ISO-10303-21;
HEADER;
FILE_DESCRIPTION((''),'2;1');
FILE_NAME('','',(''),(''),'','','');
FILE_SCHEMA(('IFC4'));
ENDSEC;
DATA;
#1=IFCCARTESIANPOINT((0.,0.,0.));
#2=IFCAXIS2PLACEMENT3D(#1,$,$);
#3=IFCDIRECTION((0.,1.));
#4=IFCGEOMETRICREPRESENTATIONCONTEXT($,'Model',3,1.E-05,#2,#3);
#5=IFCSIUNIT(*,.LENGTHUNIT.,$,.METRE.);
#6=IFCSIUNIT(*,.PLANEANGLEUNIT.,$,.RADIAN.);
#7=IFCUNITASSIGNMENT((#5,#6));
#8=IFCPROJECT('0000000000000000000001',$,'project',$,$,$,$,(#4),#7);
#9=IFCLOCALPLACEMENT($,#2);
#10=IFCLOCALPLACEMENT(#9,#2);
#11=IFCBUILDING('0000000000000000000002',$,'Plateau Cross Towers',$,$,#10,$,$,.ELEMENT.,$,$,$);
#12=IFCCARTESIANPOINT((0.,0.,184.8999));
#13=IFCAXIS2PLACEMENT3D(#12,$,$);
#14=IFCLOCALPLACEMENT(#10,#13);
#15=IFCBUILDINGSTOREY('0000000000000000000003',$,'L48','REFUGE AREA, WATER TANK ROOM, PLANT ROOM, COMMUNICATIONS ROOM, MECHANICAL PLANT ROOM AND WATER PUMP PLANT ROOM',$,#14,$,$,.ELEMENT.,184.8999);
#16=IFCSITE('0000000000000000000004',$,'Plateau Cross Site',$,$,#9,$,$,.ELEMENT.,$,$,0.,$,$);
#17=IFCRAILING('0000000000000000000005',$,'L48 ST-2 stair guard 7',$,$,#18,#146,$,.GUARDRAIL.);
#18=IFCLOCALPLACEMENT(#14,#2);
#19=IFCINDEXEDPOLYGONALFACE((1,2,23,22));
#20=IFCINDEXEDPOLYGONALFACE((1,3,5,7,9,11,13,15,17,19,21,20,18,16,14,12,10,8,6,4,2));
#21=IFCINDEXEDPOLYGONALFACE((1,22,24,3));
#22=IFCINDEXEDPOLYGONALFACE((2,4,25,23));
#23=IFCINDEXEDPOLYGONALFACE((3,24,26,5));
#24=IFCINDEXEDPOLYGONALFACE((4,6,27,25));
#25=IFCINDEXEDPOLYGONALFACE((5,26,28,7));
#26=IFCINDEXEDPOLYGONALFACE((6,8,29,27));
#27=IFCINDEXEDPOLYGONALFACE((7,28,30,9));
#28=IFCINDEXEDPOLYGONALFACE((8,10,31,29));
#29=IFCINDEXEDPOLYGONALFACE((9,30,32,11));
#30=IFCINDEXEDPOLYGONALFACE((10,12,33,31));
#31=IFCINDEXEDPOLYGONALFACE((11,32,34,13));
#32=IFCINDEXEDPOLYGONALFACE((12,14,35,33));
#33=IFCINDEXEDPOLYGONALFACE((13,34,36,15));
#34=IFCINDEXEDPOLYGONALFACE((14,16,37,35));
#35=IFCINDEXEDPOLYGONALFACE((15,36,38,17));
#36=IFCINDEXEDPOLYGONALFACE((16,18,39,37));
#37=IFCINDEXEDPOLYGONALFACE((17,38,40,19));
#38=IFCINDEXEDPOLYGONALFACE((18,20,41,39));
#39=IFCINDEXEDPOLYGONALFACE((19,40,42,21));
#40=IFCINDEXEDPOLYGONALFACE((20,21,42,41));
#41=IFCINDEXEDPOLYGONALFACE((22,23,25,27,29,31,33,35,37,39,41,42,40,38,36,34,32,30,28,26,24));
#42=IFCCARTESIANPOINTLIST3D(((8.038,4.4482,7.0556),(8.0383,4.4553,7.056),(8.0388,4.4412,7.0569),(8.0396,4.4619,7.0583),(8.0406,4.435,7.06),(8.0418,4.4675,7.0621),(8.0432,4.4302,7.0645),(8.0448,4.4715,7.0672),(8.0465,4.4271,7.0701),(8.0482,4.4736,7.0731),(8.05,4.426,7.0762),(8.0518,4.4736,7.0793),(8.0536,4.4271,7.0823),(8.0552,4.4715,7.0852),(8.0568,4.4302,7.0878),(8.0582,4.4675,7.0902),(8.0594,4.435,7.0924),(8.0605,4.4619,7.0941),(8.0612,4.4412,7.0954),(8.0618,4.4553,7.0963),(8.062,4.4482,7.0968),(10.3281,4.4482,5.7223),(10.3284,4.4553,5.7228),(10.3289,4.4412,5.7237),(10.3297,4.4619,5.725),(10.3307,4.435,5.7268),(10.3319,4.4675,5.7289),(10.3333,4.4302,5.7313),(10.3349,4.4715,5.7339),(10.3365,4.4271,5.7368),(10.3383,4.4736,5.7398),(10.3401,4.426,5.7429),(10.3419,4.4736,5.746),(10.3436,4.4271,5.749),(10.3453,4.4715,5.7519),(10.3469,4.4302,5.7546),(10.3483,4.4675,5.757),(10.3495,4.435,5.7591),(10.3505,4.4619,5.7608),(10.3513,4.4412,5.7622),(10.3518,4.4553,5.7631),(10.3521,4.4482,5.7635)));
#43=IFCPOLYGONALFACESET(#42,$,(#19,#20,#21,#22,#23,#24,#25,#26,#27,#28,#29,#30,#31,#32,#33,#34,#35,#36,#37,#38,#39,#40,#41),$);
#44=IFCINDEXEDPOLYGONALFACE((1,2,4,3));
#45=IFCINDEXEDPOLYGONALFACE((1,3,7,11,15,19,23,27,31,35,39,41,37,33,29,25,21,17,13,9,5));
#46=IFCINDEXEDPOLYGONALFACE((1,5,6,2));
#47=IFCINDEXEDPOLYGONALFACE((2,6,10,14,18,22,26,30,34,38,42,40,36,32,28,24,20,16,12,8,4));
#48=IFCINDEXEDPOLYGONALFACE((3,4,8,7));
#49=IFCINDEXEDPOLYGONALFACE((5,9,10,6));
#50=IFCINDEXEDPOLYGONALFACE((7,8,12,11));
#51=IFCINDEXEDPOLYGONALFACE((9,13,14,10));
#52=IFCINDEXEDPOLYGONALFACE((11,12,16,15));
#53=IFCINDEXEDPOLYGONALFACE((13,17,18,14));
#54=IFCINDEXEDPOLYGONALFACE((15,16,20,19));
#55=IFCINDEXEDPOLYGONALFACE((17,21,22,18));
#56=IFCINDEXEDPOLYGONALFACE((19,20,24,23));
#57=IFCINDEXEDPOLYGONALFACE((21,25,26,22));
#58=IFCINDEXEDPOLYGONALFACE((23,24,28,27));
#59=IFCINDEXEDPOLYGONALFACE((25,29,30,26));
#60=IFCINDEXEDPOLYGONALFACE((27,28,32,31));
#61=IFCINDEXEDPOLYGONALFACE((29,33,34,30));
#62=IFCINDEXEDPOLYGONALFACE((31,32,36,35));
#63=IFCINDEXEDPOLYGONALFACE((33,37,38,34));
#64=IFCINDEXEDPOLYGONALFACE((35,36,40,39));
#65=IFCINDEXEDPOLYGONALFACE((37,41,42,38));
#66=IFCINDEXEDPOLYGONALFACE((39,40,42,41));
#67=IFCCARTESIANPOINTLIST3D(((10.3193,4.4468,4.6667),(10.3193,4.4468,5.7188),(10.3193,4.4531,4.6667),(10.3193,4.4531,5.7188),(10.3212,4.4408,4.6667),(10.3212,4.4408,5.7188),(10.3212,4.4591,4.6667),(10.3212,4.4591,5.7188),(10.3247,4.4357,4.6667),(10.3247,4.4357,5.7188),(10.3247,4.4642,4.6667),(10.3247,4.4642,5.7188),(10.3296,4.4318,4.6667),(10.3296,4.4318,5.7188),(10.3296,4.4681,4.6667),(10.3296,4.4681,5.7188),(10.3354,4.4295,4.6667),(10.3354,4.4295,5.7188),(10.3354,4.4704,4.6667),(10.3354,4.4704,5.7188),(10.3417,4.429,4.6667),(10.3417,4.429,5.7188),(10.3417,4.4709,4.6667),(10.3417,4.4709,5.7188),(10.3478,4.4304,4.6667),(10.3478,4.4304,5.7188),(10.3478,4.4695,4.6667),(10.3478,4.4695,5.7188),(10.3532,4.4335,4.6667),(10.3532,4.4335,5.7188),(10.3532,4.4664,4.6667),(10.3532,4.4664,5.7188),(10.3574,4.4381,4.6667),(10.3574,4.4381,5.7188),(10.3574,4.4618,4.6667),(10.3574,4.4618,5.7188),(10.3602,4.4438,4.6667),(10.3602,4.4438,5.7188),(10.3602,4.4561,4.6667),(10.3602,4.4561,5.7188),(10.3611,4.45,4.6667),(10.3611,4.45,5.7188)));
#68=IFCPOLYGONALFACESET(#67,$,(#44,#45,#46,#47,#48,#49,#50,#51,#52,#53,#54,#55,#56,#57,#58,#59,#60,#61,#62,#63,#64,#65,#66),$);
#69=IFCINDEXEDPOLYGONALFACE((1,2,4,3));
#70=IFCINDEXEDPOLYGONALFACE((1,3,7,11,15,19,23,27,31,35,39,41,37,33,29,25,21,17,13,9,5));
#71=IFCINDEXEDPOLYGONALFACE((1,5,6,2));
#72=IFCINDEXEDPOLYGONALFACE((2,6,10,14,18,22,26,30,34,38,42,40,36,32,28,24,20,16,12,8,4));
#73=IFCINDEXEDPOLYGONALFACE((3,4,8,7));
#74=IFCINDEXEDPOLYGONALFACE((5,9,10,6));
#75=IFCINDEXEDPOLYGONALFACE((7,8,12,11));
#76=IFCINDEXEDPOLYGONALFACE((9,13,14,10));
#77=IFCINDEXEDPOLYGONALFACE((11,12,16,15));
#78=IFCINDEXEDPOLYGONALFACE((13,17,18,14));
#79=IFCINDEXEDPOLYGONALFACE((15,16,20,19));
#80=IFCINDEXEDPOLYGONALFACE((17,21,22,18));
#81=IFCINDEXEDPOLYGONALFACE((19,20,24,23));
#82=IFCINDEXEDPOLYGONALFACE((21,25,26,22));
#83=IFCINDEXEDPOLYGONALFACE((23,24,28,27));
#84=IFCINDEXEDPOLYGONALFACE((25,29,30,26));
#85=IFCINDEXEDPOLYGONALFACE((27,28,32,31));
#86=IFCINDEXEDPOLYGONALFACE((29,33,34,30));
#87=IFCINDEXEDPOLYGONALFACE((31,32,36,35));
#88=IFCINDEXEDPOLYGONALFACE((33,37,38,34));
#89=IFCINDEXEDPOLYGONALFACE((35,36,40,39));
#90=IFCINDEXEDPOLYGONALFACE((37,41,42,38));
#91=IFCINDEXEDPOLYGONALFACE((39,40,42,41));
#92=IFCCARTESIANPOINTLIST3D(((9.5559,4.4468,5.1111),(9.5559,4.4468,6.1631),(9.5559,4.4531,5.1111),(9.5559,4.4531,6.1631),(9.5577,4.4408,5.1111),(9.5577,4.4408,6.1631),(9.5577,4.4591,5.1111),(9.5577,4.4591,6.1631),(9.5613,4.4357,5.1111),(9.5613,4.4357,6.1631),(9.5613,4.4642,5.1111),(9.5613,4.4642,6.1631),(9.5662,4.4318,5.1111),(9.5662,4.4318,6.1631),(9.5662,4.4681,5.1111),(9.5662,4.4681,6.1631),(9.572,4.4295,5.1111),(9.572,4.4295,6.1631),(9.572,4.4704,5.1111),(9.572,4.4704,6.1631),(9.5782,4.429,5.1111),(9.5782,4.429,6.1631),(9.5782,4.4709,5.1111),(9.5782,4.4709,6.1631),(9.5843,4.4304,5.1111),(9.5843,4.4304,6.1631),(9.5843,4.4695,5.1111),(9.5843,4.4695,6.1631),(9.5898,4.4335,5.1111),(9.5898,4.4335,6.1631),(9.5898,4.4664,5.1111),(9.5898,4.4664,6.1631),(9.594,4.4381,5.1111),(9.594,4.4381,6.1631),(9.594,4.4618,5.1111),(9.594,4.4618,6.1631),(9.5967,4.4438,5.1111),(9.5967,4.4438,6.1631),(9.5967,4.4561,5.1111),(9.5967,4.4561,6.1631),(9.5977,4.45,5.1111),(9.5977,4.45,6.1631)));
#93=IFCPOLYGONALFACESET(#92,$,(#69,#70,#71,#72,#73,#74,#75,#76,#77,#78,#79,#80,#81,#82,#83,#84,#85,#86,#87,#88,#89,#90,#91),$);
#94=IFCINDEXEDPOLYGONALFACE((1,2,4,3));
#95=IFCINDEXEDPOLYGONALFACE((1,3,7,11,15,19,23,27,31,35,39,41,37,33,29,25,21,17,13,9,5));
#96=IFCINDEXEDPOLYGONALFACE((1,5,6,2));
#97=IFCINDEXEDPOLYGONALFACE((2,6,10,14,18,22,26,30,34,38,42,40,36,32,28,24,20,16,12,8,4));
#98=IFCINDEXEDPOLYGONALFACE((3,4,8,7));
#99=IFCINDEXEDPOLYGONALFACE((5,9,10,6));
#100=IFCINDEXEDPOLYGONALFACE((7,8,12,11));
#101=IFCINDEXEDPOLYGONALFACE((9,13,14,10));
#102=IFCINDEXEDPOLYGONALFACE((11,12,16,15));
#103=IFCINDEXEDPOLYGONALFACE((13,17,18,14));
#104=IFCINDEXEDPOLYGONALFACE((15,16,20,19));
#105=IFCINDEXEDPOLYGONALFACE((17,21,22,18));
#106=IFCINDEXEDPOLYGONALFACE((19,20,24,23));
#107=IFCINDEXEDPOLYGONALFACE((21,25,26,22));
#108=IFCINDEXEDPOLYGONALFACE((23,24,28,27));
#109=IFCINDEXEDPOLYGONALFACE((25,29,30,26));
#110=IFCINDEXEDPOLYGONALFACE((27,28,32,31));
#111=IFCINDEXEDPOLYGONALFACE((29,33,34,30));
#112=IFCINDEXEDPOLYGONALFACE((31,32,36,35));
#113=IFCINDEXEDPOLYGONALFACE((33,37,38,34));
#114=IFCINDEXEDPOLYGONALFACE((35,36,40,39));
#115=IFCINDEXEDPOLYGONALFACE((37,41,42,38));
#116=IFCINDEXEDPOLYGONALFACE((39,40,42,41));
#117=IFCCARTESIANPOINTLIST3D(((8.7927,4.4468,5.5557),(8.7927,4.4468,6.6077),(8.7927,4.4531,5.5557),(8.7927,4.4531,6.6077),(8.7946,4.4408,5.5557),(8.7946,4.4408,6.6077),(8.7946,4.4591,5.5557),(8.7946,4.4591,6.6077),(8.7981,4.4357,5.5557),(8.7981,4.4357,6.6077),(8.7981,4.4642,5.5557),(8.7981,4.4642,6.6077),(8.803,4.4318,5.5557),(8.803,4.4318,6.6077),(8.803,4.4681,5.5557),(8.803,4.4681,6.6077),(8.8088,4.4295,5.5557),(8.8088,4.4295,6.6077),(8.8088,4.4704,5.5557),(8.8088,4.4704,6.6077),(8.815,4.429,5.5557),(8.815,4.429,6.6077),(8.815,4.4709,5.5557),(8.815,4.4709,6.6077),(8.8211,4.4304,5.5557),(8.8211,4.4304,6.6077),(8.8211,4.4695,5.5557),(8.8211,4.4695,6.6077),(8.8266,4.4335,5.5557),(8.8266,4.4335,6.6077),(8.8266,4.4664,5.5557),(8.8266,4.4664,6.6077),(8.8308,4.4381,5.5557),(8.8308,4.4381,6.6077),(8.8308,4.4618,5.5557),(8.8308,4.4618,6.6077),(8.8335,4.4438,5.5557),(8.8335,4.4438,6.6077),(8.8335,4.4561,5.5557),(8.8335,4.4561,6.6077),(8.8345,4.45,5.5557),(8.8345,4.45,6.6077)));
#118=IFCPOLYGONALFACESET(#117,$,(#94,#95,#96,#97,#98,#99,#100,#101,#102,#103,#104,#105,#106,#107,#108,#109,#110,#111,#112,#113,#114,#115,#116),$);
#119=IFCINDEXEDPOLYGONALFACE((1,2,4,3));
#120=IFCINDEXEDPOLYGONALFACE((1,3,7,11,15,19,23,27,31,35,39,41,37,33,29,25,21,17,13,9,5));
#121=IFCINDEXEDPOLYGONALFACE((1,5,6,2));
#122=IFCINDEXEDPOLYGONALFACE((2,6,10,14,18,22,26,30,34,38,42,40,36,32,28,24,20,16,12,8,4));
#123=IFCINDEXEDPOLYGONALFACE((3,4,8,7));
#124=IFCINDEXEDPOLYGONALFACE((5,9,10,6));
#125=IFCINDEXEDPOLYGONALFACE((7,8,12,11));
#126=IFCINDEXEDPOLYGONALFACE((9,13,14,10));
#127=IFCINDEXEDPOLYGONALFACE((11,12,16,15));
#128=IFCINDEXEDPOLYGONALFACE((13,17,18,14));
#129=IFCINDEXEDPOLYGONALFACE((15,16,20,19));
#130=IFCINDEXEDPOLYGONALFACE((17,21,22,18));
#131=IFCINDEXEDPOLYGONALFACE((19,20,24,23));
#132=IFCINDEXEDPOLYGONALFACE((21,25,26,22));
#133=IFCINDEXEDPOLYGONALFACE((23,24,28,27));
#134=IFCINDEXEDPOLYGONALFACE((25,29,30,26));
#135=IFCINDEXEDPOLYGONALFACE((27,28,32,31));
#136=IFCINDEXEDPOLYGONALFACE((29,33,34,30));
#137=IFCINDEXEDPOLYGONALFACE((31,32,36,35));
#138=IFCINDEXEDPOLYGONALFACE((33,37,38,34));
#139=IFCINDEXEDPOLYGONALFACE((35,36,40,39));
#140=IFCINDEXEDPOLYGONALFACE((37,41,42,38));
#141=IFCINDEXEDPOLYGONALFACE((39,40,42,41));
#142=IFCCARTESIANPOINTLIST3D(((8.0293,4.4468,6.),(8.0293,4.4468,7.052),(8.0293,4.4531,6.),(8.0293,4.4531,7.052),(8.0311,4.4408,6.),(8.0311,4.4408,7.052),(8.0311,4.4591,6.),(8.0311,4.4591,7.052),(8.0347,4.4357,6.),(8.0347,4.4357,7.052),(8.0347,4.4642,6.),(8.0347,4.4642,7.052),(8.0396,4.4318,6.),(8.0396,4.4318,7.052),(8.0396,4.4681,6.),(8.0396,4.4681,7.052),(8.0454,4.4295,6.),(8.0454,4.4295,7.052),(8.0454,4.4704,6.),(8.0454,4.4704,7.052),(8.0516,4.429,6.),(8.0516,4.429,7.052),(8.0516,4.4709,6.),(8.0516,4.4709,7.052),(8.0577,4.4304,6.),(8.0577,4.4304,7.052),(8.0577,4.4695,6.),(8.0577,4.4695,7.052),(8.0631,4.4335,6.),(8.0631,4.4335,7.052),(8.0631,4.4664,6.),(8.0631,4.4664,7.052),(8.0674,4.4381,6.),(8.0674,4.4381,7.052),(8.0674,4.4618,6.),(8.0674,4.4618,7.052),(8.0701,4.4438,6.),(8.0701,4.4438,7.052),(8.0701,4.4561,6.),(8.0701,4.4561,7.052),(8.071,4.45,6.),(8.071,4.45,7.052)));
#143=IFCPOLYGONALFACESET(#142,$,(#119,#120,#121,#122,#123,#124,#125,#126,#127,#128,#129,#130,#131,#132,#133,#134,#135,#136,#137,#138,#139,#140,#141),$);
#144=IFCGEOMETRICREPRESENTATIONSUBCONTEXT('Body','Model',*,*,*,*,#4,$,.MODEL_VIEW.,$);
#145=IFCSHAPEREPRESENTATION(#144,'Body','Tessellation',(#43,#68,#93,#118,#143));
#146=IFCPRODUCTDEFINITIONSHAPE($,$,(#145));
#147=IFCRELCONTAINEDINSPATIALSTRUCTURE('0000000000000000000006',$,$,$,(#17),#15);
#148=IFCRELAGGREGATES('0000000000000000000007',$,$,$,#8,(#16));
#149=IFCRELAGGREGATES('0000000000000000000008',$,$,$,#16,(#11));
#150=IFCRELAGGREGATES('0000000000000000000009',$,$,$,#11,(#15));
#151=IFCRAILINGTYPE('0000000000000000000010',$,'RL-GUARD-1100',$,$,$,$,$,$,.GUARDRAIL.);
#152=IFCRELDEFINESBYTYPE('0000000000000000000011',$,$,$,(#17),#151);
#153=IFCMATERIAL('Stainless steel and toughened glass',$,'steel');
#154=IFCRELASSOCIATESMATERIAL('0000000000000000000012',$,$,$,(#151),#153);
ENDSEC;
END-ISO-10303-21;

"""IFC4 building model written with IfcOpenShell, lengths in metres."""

from ifc_helpers import new_model, si_unit, direction, frame, origin, origin_2d, place, context, subcontext, project, spatial, circle, extrude, material, type_object, element, save


model = new_model("IFC4")

# Units and contexts
model_context = context("Model", 3, precision=1e-05, world=origin(), true_north=direction((0.0, 1.0)))
body_context = subcontext(model_context, "Body", "Model", "MODEL_VIEW")
ifc_project = project(units=[si_unit("LENGTHUNIT", "METRE"), si_unit("PLANEANGLEUNIT", "RADIAN")], contexts=[model_context])

# Site, building, storey
site_placement = place(None, origin())
site = spatial("IfcSite", under=ifc_project, at=site_placement, Name="Plateau Cross Site", CompositionType="ELEMENT", RefElevation=0.0)
building_placement = place(site_placement, origin())
building = spatial("IfcBuilding", under=site, at=building_placement, Name="Plateau Cross Towers", CompositionType="ELEMENT")
storey_placement = place(building_placement, frame((0.0, 0.0, 184.8999)))
storey = spatial("IfcBuildingStorey", under=building, at=storey_placement, Name="L48", Description="REFUGE AREA, WATER TANK ROOM, PLANT ROOM, COMMUNICATIONS ROOM, MECHANICAL PLANT ROOM AND WATER PUMP PLANT ROOM", CompositionType="ELEMENT", Elevation=184.8999)

# Railing
ifc_material_1 = material(Name="Stainless steel and toughened glass", Category="steel")
railing_type_1 = type_object("IfcRailingType", Name="RL-GUARD-1100", PredefinedType="GUARDRAIL", material=ifc_material_1)
railing_1_placement = place(storey_placement, frame((10.3401, 4.45, 4.6667)))
element("IfcRailing", 1, at=railing_1_placement, inside=storey, type_object=railing_type_1, Name="L48 ST-2 stair guard 7", PredefinedType="GUARDRAIL", context=body_context, shape_type="SweptSolid", body=[
    extrude(circle(Radius=0.0239, at=origin_2d()), frame((0.0, 0.0, 1.0762), z_axis=(-0.864206, 0.0, 0.503138), x_axis=(0.0, -1.0, 0.0)), (0.0, 0.0, 1.0), 2.6499),
    extrude(circle(Radius=0.021, at=origin_2d()), origin(), (0.0, 0.0, 1.0), 1.052),
    extrude(circle(Radius=0.021, at=origin_2d()), frame((-0.7634, 0.0, 0.4443)), (0.0, 0.0, 1.0), 1.052),
    extrude(circle(Radius=0.021, at=origin_2d()), frame((-1.5266, 0.0, 0.8889)), (0.0, 0.0, 1.0), 1.052),
    extrude(circle(Radius=0.021, at=origin_2d()), frame((-2.29, 0.0, 1.3333)), (0.0, 0.0, 1.0), 1.052),
])

save(model, "model.ifc")
